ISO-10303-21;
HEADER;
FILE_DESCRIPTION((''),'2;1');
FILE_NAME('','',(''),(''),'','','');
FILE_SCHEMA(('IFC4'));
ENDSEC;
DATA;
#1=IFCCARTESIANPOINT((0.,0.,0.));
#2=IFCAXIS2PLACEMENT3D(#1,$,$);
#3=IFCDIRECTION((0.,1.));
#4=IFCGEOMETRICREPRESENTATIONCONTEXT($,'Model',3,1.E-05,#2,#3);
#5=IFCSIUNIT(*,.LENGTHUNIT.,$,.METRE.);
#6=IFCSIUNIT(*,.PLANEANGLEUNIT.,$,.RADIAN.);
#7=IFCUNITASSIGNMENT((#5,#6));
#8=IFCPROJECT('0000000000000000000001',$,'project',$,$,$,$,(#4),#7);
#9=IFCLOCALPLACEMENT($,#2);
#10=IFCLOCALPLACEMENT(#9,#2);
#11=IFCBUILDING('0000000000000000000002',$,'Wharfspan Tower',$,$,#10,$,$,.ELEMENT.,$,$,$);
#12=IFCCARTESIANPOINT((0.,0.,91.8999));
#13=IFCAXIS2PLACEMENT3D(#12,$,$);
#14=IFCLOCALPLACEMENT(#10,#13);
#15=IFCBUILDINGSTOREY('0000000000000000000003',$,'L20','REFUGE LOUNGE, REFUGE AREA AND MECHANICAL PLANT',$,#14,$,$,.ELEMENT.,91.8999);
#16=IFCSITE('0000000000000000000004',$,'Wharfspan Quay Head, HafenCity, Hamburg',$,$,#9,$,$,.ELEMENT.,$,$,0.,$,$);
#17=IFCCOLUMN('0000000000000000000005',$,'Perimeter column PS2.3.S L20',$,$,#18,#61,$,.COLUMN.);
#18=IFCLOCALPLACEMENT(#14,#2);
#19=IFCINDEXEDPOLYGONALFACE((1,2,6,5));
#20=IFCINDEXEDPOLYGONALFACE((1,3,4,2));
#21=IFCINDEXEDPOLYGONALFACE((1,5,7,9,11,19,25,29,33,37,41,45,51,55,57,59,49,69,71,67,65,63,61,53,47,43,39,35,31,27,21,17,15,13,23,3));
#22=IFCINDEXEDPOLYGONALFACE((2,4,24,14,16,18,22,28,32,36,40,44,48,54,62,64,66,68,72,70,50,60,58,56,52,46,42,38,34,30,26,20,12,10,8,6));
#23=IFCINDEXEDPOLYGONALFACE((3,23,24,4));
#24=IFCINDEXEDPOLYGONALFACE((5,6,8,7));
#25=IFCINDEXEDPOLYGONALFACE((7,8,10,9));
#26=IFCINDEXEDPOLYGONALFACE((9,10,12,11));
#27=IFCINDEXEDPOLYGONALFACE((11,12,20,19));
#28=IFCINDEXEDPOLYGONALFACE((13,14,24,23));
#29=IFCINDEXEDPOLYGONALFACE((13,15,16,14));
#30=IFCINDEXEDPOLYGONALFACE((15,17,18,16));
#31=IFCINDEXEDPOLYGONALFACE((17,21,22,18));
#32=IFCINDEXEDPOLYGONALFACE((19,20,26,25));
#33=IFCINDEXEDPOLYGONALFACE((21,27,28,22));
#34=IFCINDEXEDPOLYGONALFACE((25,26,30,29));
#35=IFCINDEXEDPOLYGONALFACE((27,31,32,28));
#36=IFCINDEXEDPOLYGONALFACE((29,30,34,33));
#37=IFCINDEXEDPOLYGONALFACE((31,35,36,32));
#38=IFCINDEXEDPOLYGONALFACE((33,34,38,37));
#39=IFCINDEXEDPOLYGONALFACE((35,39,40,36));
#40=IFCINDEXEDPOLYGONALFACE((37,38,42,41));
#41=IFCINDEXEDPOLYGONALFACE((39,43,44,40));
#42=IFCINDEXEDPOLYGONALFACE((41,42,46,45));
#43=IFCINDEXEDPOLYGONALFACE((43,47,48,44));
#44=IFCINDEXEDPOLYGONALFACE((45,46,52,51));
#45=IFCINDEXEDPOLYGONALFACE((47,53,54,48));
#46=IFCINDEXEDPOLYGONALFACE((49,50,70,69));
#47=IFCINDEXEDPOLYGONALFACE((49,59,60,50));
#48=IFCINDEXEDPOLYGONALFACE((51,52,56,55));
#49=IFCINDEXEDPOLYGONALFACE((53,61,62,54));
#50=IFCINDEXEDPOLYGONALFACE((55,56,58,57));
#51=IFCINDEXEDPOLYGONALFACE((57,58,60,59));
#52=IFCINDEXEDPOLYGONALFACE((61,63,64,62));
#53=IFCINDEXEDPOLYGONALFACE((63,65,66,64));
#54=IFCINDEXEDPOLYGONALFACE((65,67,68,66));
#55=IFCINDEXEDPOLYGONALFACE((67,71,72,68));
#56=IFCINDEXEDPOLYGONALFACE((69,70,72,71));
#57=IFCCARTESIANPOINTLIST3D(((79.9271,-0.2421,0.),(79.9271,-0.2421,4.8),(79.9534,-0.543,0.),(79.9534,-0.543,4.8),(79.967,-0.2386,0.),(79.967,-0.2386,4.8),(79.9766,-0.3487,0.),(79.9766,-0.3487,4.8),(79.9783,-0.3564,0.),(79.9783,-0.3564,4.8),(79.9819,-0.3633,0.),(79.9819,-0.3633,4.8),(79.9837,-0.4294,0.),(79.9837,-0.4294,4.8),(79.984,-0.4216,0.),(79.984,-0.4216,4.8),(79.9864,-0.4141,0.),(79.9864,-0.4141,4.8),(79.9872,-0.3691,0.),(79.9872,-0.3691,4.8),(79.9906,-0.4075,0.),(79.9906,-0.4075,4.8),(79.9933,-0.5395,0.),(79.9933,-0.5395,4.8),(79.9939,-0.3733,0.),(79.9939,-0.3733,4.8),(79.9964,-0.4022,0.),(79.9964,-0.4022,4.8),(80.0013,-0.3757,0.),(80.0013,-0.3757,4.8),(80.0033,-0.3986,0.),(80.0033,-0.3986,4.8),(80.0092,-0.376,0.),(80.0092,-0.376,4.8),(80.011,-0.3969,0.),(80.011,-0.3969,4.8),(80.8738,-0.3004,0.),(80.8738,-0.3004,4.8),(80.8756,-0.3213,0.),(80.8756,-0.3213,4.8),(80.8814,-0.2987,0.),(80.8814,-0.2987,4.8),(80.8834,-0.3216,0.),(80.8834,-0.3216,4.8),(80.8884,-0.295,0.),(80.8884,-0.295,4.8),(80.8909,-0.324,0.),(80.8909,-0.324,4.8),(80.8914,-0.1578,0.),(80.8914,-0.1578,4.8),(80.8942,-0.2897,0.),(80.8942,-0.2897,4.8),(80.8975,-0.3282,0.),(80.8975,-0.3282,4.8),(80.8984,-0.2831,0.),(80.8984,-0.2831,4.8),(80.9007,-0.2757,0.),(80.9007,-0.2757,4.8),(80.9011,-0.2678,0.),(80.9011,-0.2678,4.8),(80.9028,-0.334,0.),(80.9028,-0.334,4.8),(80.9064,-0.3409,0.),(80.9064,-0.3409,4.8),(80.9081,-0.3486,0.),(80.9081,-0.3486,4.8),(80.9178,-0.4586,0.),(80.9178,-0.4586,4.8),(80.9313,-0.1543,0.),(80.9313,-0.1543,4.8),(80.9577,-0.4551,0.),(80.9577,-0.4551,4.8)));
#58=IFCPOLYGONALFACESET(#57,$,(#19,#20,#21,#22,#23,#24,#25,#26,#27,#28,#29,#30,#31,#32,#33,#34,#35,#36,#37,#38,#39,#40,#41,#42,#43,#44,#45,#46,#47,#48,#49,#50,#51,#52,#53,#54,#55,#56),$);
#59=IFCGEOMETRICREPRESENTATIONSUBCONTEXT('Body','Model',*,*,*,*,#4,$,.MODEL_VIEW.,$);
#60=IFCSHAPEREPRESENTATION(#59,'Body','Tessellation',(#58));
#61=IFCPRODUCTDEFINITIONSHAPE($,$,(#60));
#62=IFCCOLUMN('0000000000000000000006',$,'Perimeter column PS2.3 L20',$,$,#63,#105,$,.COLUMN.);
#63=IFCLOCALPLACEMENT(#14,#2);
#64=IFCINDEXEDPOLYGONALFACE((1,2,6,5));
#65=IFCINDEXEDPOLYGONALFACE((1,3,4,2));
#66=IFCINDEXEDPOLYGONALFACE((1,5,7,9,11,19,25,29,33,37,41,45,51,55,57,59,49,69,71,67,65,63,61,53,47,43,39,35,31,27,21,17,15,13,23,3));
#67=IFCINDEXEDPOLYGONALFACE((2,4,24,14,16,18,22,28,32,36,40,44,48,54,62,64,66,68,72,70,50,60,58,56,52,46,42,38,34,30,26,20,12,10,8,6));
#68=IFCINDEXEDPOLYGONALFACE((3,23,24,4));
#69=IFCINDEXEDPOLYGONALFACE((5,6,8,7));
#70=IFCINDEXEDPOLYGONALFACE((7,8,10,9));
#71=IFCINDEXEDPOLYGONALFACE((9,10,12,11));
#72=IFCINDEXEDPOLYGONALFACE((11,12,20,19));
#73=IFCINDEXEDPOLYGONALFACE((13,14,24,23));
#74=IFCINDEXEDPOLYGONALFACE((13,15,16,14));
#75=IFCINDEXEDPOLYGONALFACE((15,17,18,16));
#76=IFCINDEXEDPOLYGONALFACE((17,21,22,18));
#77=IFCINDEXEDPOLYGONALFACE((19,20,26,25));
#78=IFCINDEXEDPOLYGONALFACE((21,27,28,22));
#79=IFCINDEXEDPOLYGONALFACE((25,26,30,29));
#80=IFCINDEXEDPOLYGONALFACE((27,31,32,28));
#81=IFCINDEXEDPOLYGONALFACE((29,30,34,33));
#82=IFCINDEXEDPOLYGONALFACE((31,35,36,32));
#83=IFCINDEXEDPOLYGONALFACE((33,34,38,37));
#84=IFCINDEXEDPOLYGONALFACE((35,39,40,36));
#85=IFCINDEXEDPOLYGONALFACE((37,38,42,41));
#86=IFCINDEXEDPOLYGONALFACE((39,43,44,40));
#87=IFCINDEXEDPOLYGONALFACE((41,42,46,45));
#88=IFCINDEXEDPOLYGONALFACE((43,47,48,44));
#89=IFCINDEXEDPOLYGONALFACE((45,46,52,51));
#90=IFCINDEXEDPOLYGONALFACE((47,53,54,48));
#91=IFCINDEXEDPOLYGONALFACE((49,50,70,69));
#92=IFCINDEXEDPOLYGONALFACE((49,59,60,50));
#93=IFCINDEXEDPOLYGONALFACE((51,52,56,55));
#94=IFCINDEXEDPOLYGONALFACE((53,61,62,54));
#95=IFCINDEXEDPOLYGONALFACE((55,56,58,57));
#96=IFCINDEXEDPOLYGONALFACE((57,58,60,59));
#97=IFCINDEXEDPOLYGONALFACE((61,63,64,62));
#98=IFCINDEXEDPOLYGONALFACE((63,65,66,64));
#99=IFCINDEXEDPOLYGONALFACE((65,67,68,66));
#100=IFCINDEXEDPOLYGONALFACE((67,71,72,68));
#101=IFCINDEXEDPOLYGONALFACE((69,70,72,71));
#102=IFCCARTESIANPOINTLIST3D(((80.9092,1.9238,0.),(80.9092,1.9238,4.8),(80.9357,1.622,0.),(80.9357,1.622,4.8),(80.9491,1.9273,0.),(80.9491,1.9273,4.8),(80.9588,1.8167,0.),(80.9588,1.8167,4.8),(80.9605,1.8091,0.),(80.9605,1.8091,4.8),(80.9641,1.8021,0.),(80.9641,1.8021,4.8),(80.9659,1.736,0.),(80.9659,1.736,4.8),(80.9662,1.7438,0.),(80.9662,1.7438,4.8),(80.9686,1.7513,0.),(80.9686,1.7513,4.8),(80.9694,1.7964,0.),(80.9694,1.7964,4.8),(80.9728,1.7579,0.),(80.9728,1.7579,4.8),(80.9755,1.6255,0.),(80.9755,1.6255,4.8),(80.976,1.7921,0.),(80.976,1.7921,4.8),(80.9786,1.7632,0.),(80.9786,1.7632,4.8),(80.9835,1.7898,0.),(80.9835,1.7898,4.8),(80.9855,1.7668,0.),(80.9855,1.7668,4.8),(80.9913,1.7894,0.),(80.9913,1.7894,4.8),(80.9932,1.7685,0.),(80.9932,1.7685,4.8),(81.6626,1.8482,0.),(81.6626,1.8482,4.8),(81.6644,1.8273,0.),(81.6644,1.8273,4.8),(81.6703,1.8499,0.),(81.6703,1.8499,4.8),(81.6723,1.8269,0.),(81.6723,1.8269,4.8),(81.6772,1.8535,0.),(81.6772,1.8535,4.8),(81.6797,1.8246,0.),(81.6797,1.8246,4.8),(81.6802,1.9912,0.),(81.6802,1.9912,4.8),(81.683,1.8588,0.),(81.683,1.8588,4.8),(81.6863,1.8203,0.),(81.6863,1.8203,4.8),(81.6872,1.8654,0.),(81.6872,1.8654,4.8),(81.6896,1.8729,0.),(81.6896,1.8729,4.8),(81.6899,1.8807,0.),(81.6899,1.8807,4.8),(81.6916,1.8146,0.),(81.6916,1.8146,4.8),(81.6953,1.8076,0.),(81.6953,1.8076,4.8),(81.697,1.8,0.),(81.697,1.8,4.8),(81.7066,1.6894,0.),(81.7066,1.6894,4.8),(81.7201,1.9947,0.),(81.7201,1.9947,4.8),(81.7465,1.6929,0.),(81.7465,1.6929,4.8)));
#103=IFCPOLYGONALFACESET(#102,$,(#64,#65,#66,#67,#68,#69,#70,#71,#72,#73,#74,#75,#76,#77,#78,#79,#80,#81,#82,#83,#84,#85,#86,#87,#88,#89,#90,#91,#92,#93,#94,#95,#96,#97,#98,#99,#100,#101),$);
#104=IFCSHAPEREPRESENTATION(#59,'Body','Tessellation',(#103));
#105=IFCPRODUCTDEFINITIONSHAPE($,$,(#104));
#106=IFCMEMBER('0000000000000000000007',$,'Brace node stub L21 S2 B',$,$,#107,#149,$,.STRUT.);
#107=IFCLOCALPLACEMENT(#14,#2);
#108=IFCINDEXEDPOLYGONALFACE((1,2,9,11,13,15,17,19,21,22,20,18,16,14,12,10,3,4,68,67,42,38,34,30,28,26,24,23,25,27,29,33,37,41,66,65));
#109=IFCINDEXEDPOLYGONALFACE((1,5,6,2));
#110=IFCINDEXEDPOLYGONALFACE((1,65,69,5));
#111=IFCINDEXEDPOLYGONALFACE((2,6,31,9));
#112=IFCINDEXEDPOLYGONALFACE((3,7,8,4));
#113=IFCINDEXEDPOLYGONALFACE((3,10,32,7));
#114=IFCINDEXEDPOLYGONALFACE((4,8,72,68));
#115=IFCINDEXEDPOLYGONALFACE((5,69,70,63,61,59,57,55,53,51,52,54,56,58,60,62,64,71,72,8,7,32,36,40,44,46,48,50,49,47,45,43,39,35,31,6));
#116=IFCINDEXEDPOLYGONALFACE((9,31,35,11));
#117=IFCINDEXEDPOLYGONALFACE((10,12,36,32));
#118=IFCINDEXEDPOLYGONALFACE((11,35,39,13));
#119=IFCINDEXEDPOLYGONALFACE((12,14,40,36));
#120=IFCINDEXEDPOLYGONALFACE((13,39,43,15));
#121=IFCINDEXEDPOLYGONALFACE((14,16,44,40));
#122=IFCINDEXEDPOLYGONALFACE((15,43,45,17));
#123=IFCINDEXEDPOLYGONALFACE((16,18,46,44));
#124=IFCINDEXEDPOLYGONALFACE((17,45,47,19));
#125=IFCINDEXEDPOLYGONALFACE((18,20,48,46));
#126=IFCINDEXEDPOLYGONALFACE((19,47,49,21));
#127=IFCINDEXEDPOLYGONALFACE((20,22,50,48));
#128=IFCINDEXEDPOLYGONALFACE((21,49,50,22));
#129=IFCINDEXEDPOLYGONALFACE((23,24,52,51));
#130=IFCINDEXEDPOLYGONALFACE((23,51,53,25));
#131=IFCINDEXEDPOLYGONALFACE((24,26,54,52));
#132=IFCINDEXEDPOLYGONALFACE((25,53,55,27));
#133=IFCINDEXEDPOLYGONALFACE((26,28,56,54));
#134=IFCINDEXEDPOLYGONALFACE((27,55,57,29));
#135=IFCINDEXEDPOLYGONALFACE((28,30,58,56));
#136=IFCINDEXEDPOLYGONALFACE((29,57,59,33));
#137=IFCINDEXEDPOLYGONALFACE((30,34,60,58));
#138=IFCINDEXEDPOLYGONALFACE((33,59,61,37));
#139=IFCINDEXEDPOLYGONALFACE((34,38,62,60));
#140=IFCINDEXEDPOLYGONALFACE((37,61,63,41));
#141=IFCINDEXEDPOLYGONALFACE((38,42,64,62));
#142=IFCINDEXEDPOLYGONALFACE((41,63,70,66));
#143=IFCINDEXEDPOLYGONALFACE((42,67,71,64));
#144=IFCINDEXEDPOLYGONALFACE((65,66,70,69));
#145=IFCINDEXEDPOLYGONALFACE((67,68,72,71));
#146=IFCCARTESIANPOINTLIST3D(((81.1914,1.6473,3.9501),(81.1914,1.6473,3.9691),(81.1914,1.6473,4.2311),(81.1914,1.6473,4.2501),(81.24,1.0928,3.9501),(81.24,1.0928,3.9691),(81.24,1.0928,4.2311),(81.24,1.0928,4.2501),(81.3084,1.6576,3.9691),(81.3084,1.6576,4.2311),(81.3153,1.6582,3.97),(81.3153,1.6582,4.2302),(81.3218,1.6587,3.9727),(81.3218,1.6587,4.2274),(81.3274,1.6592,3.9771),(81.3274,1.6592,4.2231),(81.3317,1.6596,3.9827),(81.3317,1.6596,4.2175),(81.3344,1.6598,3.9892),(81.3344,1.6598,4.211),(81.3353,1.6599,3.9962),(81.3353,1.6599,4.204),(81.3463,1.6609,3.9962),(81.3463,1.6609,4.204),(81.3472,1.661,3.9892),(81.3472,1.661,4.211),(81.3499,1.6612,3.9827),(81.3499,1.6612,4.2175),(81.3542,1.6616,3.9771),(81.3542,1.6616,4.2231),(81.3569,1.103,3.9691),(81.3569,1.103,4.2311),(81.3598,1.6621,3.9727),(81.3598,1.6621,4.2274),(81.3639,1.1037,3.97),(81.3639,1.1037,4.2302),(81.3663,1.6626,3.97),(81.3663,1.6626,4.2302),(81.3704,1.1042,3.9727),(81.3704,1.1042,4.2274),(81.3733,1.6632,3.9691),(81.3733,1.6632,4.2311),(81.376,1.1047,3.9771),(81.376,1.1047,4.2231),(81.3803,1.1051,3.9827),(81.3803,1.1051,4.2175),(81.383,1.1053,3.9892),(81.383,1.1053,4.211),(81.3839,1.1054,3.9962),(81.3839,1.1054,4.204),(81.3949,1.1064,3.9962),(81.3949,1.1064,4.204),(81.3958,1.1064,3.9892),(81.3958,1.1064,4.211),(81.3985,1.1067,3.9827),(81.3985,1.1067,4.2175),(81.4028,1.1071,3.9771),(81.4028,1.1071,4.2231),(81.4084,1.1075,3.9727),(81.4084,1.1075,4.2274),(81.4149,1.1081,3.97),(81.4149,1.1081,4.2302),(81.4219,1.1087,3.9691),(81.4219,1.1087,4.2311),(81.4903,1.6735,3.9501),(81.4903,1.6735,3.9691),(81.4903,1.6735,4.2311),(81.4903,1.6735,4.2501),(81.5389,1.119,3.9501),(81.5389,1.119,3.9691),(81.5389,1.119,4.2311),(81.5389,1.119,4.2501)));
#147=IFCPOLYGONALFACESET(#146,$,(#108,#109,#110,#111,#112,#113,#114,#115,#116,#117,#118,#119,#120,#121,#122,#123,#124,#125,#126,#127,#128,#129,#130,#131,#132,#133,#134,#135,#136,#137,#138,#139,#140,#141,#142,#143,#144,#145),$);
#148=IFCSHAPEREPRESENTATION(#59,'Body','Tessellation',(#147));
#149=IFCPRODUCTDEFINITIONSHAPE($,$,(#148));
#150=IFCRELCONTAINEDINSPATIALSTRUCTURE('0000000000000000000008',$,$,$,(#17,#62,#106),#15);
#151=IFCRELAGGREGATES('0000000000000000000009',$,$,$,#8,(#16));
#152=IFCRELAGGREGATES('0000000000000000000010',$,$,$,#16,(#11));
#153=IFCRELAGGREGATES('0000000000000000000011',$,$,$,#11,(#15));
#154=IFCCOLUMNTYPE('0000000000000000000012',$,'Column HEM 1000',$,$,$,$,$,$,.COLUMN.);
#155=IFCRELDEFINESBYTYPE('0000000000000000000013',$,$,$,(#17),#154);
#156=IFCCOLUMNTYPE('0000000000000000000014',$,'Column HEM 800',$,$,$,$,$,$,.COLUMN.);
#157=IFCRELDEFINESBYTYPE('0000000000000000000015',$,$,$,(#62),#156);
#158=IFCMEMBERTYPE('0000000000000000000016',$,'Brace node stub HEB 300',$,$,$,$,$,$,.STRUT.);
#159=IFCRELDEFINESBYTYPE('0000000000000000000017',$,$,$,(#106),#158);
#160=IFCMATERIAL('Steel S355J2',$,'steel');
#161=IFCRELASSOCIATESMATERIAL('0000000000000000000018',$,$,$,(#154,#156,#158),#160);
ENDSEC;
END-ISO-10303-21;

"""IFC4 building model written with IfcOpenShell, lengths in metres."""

from ifc_helpers import new_model, si_unit, direction, frame, origin, origin_2d, place, context, subcontext, project, spatial, i_section, extrude, material, material_profile, profile_set, type_object, element, save


model = new_model("IFC4")

# Units and contexts
model_context = context("Model", 3, precision=1e-05, world=origin(), true_north=direction((0.0, 1.0)))
body_context = subcontext(model_context, "Body", "Model", "MODEL_VIEW")
ifc_project = project(units=[si_unit("LENGTHUNIT", "METRE"), si_unit("PLANEANGLEUNIT", "RADIAN")], contexts=[model_context])

# Site, building, storey
site_placement = place(None, origin())
site = spatial("IfcSite", under=ifc_project, at=site_placement, Name="Wharfspan Quay Head, HafenCity, Hamburg", CompositionType="ELEMENT", RefElevation=0.0)
building_placement = place(site_placement, origin())
building = spatial("IfcBuilding", under=site, at=building_placement, Name="Wharfspan Tower", CompositionType="ELEMENT")
storey_placement = place(building_placement, frame((0.0, 0.0, 91.8999)))
storey = spatial("IfcBuildingStorey", under=building, at=storey_placement, Name="L20", Description="REFUGE LOUNGE, REFUGE AREA AND MECHANICAL PLANT", CompositionType="ELEMENT", Elevation=91.8999)

# Columns
ifc_material_1 = material(Name="Steel S355J2", Category="steel")
ifc_material_profile_1 = material_profile(ifc_material_1, i_section(OverallWidth=0.302, OverallDepth=1.0081, WebThickness=0.021, FlangeThickness=0.04, FilletRadius=0.03, at=origin_2d()))
ifc_profile_set_1 = profile_set([ifc_material_profile_1], Name="Steel S355J2")
column_type_1 = type_object("IfcColumnType", Name="Column HEM 1000", PredefinedType="COLUMN", material=ifc_profile_set_1)
column_1_placement = place(storey_placement, frame((80.4424, -0.3486, 0.0), z_axis=(0.0, 0.0, 1.0), x_axis=(0.087156, -0.996198, 0.0)))
element("IfcColumn", 1, at=column_1_placement, inside=storey, type_object=column_type_1, Name="Perimeter column PS2.3.S L20", PredefinedType="COLUMN", context=body_context, shape_type="SweptSolid", body=[
    extrude(i_section(OverallWidth=0.302, OverallDepth=1.0081, WebThickness=0.021, FlangeThickness=0.04, FilletRadius=0.03, at=origin_2d()), origin(), (0.0, 0.0, 1.0), 4.8),
])
ifc_material_profile_2 = material_profile(ifc_material_1, i_section(OverallWidth=0.303, OverallDepth=0.814, WebThickness=0.021, FlangeThickness=0.04, FilletRadius=0.03, at=origin_2d()))
ifc_profile_set_2 = profile_set([ifc_material_profile_2], Name="Steel S355J2")
column_type_2 = type_object("IfcColumnType", Name="Column HEM 800", PredefinedType="COLUMN", material=ifc_profile_set_2)
column_2_placement = place(storey_placement, frame((81.3279, 1.8083, 0.0), z_axis=(0.0, 0.0, 1.0), x_axis=(0.087156, -0.996198, 0.0)))
element("IfcColumn", 2, at=column_2_placement, inside=storey, type_object=column_type_2, Name="Perimeter column PS2.3 L20", PredefinedType="COLUMN", context=body_context, shape_type="SweptSolid", body=[
    extrude(i_section(OverallWidth=0.303, OverallDepth=0.814, WebThickness=0.021, FlangeThickness=0.04, FilletRadius=0.03, at=origin_2d()), origin(), (0.0, 0.0, 1.0), 4.8),
])

# Member
ifc_material_profile_3 = material_profile(ifc_material_1, i_section(OverallWidth=0.3, OverallDepth=0.3, WebThickness=0.011, FlangeThickness=0.019, FilletRadius=0.0271, at=origin_2d()))
ifc_profile_set_3 = profile_set([ifc_material_profile_3], Name="Steel S355J2")
member_type_1 = type_object("IfcMemberType", Name="Brace node stub HEB 300", PredefinedType="STRUT", material=ifc_profile_set_3)
member_1_placement = place(storey_placement, frame((81.3408, 1.6604, 4.1001), z_axis=(0.087292, -0.996183, 0.0), x_axis=(0.996183, 0.087292, 0.0)))
element("IfcMember", 3, at=member_1_placement, inside=storey, type_object=member_type_1, Name="Brace node stub L21 S2 B", PredefinedType="STRUT", context=body_context, shape_type="SweptSolid", body=[
    extrude(i_section(OverallWidth=0.3, OverallDepth=0.3, WebThickness=0.011, FlangeThickness=0.019, FilletRadius=0.0271, at=origin_2d()), origin(), (0.0, 0.0, 1.0), 0.5566),
])

save(model, "model.ifc")
